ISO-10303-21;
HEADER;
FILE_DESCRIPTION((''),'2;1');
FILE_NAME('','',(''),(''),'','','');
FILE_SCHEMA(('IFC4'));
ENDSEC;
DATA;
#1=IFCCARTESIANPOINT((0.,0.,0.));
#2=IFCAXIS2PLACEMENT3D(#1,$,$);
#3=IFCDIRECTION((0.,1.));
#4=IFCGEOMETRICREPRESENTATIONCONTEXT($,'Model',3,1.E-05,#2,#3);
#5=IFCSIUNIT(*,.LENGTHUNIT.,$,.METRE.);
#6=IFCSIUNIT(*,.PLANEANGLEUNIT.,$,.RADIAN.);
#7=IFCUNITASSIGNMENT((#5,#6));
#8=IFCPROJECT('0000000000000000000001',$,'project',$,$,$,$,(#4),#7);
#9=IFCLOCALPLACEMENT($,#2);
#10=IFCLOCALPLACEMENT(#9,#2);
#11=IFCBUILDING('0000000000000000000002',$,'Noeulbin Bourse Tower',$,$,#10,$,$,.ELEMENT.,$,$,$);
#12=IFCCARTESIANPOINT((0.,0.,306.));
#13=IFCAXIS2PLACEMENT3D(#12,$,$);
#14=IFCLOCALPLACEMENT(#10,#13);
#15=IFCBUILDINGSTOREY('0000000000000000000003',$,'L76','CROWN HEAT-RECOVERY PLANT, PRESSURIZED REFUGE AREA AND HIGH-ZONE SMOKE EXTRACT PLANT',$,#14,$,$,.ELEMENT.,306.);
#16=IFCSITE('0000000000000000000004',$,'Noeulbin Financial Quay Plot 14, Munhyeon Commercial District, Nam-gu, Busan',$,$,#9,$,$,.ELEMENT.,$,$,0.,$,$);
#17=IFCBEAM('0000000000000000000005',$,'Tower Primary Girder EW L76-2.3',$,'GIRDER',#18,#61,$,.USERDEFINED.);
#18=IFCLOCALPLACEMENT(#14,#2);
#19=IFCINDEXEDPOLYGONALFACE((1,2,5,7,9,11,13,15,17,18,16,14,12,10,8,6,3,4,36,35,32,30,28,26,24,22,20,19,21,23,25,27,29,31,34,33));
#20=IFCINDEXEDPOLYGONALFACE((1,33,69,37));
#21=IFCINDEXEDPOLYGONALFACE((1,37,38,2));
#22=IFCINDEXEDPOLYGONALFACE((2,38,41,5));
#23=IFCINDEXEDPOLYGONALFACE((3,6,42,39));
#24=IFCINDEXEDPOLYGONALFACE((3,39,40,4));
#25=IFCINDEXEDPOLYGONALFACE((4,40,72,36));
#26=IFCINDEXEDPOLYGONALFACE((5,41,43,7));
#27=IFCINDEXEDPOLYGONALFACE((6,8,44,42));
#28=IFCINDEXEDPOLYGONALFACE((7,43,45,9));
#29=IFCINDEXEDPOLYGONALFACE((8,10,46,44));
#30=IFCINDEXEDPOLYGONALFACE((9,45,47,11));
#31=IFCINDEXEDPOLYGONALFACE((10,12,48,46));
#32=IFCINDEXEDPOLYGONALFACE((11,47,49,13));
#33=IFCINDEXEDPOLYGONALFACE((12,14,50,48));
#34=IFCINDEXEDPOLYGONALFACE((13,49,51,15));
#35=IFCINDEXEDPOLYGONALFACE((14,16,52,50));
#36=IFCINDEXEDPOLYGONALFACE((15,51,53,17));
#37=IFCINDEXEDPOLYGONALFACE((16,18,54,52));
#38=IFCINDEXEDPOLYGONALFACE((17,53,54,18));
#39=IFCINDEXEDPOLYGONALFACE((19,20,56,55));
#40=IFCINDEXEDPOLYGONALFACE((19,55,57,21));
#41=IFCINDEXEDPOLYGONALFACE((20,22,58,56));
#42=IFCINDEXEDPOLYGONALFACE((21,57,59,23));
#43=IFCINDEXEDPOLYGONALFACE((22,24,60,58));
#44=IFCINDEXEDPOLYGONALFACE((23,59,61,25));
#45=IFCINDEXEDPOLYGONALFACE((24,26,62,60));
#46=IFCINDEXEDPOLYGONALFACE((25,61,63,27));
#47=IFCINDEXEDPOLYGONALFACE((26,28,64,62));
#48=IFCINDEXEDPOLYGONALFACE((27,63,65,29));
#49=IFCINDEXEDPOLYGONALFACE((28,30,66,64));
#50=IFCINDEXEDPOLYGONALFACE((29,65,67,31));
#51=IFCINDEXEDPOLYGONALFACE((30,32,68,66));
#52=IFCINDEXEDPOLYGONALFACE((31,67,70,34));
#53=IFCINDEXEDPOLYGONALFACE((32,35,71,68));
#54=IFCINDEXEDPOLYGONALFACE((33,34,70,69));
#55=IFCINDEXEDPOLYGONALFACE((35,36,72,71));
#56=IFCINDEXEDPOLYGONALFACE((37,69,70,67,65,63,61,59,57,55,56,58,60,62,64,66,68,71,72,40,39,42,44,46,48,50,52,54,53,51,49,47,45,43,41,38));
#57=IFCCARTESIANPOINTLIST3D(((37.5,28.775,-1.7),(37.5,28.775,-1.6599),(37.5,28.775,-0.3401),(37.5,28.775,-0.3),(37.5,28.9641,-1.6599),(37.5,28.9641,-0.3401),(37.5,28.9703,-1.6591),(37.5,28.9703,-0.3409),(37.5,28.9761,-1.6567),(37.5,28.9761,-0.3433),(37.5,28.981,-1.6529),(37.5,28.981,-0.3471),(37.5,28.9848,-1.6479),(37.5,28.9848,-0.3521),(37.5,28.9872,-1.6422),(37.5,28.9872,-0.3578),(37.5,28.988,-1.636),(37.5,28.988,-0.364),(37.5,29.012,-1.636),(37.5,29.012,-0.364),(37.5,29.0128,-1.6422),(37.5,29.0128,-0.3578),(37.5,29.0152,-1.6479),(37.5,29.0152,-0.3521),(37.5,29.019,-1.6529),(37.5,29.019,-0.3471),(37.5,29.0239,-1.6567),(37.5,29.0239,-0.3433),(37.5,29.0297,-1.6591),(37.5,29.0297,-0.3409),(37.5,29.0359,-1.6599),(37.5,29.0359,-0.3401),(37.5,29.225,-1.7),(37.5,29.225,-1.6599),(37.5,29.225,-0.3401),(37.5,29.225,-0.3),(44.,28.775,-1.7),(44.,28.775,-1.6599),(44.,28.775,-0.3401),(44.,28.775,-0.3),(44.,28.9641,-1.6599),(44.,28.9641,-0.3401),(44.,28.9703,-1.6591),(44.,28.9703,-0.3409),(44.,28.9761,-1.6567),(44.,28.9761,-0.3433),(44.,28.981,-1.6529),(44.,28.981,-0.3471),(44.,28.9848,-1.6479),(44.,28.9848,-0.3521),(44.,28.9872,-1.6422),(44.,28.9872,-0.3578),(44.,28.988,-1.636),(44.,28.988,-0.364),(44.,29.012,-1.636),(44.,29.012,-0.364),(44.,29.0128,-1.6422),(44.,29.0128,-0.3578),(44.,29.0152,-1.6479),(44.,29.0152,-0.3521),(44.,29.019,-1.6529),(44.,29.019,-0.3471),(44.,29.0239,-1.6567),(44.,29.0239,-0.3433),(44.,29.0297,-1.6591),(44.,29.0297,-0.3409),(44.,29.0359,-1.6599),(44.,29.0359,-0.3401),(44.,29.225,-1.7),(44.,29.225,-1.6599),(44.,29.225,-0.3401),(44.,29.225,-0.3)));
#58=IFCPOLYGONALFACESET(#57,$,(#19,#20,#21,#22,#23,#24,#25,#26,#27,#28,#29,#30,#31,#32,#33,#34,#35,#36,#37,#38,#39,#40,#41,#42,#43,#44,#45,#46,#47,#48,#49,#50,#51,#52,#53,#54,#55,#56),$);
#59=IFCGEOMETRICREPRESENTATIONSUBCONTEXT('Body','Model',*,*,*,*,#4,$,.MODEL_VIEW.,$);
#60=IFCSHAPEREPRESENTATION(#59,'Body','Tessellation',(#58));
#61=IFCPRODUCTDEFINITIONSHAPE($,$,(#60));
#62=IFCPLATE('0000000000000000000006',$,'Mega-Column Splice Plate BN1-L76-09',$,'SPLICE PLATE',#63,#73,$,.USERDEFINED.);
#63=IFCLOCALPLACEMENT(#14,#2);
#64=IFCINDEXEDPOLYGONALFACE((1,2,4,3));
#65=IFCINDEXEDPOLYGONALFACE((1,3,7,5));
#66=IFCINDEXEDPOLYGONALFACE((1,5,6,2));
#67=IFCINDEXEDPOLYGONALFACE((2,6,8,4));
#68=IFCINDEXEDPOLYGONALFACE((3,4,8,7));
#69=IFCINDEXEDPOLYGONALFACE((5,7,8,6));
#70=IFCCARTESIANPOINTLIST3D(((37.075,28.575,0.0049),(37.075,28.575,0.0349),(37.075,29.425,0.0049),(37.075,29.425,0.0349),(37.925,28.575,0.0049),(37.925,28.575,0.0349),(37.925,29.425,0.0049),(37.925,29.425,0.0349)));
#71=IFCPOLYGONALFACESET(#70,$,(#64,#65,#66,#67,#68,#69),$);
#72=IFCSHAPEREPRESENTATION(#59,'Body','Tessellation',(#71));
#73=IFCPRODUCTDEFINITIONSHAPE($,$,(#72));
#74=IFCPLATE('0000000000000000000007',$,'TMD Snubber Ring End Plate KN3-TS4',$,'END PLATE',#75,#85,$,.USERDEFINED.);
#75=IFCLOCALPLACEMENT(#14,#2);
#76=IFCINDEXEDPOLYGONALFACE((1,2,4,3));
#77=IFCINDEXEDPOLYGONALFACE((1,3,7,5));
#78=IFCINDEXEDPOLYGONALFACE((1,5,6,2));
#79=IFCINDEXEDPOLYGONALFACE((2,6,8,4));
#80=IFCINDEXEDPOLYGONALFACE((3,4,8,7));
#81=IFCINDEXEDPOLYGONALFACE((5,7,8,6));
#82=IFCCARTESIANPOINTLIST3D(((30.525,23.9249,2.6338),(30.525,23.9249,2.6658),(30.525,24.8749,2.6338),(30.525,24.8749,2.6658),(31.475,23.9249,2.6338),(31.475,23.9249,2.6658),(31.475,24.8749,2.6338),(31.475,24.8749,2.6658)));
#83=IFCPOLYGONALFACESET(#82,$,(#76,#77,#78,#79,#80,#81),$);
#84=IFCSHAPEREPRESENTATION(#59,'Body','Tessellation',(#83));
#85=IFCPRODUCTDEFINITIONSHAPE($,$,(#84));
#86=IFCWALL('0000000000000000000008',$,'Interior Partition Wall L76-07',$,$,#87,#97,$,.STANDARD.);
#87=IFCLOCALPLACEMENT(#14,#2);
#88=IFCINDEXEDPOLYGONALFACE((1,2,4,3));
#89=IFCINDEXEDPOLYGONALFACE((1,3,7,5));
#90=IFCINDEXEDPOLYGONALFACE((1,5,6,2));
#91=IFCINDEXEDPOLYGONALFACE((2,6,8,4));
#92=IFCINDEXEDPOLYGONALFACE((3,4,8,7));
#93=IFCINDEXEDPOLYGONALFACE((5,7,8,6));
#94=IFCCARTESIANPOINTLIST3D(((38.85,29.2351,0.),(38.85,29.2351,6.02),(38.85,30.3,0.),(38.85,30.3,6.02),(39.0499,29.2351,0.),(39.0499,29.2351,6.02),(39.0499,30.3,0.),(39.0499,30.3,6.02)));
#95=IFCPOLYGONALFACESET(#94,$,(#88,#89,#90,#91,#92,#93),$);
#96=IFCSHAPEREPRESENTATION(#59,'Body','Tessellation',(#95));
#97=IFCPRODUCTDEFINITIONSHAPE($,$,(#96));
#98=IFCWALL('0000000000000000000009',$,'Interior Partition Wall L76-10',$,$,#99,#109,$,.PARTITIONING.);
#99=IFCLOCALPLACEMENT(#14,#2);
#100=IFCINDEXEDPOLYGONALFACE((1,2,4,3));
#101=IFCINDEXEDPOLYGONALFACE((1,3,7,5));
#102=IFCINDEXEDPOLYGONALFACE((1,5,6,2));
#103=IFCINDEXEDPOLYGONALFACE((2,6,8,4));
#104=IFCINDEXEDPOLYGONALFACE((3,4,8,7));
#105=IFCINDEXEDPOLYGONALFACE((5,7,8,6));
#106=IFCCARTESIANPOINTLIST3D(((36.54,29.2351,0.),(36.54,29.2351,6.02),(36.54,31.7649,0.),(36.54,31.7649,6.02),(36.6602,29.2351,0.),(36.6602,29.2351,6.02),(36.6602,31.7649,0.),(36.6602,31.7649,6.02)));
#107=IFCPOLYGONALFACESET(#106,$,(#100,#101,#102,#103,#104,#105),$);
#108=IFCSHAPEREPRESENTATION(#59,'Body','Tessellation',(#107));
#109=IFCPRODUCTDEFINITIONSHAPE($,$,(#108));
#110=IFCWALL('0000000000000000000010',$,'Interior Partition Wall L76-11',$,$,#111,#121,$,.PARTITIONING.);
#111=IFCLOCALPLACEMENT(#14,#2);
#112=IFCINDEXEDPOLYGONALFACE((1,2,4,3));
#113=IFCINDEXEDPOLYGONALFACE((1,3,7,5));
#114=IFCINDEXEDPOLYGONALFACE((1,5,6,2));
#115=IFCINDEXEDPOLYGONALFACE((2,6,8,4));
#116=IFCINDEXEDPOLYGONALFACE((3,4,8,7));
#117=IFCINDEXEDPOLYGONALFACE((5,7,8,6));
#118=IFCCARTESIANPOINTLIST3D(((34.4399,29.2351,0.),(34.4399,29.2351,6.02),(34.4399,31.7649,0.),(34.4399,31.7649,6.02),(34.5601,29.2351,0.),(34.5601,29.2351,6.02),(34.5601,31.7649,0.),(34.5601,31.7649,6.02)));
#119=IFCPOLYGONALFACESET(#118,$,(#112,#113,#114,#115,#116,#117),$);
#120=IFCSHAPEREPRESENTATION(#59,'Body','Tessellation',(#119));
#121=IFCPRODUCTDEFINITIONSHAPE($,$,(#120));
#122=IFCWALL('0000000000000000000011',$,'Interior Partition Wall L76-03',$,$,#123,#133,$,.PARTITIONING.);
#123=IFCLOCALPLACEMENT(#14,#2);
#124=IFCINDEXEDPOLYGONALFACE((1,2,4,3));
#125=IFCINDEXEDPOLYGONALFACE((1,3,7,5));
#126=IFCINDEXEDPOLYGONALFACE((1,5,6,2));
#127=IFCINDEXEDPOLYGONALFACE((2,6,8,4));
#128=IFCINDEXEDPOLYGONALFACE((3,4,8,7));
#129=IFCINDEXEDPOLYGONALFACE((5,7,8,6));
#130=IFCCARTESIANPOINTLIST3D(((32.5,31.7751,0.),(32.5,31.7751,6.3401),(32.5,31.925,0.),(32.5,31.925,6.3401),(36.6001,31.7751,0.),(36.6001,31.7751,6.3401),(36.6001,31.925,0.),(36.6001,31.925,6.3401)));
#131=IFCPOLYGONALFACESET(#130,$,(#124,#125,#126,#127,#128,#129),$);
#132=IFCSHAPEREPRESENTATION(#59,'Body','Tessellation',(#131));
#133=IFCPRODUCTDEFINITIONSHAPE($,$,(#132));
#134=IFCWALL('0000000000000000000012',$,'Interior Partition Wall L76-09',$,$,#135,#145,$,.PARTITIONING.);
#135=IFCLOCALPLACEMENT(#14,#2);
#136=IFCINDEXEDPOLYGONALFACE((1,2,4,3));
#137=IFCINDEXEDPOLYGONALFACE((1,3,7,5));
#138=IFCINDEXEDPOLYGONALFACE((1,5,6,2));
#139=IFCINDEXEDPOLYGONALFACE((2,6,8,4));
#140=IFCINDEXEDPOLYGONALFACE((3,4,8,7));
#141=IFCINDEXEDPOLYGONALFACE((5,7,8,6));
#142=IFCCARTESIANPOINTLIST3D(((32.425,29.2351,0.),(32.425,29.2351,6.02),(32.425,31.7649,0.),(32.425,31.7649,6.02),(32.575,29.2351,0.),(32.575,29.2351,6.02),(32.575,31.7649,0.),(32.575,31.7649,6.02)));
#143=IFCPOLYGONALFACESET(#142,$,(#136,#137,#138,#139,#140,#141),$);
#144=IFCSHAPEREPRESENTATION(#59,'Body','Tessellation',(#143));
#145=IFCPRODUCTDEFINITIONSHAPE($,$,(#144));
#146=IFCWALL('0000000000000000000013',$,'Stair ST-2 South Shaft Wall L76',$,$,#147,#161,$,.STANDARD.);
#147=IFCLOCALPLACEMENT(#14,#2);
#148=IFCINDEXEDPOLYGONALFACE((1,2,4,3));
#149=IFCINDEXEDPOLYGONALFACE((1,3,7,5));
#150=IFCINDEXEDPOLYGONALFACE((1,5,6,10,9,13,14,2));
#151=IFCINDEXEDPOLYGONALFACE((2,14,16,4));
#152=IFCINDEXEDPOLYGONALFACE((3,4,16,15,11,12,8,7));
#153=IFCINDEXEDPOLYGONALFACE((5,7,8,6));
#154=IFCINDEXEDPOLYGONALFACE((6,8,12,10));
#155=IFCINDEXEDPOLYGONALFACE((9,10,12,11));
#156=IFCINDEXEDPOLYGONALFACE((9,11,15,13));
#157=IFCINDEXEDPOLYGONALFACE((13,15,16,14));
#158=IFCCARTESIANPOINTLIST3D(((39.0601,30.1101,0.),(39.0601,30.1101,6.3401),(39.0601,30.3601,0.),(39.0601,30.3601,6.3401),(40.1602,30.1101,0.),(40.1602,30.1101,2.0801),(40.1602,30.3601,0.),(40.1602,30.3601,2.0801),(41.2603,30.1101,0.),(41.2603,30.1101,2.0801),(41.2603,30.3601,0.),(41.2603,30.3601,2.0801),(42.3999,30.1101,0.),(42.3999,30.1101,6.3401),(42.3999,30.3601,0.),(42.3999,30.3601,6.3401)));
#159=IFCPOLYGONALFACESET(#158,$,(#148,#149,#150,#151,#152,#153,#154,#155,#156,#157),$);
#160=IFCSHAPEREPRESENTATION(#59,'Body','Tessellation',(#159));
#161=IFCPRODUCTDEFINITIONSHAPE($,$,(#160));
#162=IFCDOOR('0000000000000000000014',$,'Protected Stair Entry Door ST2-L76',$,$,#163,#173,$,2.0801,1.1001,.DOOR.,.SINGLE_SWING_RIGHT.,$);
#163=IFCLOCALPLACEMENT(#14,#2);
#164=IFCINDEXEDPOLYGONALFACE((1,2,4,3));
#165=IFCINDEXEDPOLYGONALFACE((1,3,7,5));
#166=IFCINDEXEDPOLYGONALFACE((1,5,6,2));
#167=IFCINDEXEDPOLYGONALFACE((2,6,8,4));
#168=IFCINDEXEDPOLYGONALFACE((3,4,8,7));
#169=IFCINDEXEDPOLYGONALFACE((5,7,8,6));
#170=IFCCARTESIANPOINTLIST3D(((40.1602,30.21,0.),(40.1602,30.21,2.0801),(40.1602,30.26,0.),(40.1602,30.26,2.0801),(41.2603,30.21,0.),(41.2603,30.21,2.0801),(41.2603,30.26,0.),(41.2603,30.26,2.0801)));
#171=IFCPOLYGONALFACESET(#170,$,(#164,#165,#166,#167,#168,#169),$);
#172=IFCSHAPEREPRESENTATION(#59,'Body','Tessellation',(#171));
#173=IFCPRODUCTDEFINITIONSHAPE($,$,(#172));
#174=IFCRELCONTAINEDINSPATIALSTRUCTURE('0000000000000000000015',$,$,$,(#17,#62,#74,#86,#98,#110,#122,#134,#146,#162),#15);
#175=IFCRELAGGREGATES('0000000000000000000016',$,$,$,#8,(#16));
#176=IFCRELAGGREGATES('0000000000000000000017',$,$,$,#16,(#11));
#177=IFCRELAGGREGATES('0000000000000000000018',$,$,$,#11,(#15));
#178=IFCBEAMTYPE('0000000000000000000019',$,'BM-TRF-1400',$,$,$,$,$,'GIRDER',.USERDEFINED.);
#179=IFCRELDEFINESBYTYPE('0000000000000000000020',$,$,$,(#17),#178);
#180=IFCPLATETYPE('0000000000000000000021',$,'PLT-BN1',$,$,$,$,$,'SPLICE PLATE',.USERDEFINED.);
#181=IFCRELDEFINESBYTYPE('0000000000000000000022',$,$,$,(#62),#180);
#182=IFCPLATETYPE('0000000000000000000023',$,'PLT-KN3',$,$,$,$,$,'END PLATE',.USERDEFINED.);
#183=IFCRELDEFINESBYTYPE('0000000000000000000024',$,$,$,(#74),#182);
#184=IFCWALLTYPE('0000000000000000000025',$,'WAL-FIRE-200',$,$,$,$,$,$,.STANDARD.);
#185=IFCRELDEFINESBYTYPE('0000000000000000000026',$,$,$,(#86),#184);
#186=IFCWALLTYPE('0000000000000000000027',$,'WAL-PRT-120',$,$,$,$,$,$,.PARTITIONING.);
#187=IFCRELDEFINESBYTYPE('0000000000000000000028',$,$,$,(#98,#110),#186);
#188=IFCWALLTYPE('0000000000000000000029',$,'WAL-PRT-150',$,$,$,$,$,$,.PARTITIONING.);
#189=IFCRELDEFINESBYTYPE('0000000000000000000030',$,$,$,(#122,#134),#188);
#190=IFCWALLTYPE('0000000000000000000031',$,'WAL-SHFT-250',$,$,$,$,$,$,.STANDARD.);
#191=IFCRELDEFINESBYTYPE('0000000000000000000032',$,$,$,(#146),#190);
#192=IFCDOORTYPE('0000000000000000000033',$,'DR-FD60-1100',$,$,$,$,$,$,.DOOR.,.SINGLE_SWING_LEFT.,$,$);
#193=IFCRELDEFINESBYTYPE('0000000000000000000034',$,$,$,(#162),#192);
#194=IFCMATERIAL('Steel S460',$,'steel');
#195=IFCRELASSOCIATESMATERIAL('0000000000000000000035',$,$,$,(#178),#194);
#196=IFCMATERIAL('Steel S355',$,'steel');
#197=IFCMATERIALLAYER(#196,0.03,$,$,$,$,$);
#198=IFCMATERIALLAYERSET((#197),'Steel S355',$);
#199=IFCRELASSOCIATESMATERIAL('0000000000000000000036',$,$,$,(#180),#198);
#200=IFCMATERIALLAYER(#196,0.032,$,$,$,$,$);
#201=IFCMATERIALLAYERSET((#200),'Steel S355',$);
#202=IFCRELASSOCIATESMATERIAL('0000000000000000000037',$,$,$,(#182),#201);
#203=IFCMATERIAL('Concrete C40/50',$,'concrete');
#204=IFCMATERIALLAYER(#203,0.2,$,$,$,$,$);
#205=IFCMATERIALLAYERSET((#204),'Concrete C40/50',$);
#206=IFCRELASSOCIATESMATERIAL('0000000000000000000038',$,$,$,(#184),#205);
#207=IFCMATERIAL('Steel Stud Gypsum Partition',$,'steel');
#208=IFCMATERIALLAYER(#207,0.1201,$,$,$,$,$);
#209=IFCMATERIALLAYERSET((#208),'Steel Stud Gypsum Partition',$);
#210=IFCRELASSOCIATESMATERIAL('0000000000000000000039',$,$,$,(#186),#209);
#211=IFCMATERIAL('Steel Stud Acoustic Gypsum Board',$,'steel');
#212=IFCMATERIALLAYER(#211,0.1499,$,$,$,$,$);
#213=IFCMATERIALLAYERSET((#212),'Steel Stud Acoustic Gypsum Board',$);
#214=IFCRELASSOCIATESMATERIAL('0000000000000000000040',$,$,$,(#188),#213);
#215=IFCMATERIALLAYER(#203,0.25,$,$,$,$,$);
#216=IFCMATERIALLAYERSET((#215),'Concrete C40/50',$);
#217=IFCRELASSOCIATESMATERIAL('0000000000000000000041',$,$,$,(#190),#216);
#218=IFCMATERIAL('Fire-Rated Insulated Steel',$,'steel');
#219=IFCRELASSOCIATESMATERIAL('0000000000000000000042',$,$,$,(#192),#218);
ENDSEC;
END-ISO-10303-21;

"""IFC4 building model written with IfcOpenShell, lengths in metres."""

from ifc_helpers import new_model, si_unit, direction, frame, frame_2d, origin, origin_2d, place, context, subcontext, project, spatial, rectangle, i_section, extrude, material, layer, layer_set, material_profile, profile_set, type_object, element, fill, save


model = new_model("IFC4")

# Units and contexts
model_context = context("Model", 3, precision=1e-05, world=origin(), true_north=direction((0.0, 1.0)))
body_context = subcontext(model_context, "Body", "Model", "MODEL_VIEW")
ifc_project = project(units=[si_unit("LENGTHUNIT", "METRE"), si_unit("PLANEANGLEUNIT", "RADIAN")], contexts=[model_context])

# Site, building, storey
site_placement = place(None, origin())
site = spatial("IfcSite", under=ifc_project, at=site_placement, Name="Noeulbin Financial Quay Plot 14, Munhyeon Commercial District, Nam-gu, Busan", CompositionType="ELEMENT", RefElevation=0.0)
building_placement = place(site_placement, origin())
building = spatial("IfcBuilding", under=site, at=building_placement, Name="Noeulbin Bourse Tower", CompositionType="ELEMENT")
storey_placement = place(building_placement, frame((0.0, 0.0, 306.0)))
storey = spatial("IfcBuildingStorey", under=building, at=storey_placement, Name="L76", Description="CROWN HEAT-RECOVERY PLANT, PRESSURIZED REFUGE AREA AND HIGH-ZONE SMOKE EXTRACT PLANT", CompositionType="ELEMENT", Elevation=306.0)

# Shared definitions
ifc_material_1 = material(Name="Steel S355", Category="steel")

# Beam
ifc_material_2 = material(Name="Steel S460", Category="steel")
ifc_material_profile_1 = material_profile(ifc_material_2, i_section(OverallWidth=0.45, OverallDepth=1.3999, WebThickness=0.0239, FlangeThickness=0.04, FilletRadius=0.0239, at=origin_2d()), Name="PG-1400x450x24x40", Category="LoadBearing")
ifc_profile_set_1 = profile_set([ifc_material_profile_1], Name="Steel S460")
beam_type_1 = type_object("IfcBeamType", Name="BM-TRF-1400", ElementType="GIRDER", PredefinedType="USERDEFINED", material=ifc_profile_set_1)
beam_1_placement = place(storey_placement, frame((37.5, 29.0, -1.0), z_axis=(1.0, 0.0, 0.0), x_axis=(0.0, 1.0, 0.0)))
element("IfcBeam", 1, at=beam_1_placement, inside=storey, type_object=beam_type_1, Name="Tower Primary Girder EW L76-2.3", ObjectType="GIRDER", PredefinedType="USERDEFINED", context=body_context, shape_type="SweptSolid", body=[
    extrude(i_section(OverallWidth=0.45, OverallDepth=1.3999, WebThickness=0.0239, FlangeThickness=0.04, FilletRadius=0.0239, at=origin_2d()), origin(), (0.0, 0.0, 1.0), 6.5),
])

# Plates
ifc_layer_1 = layer(ifc_material_1, 0.03)
ifc_layer_set_1 = layer_set([ifc_layer_1], Name="Steel S355")
plate_type_1 = type_object("IfcPlateType", Name="PLT-BN1", ElementType="SPLICE PLATE", PredefinedType="USERDEFINED", material=ifc_layer_set_1)
plate_1_placement = place(storey_placement, frame((37.5, 29.0, 0.0049), z_axis=(0.0, 0.0, 1.0), x_axis=(1.0, 0.0, 0.0)))
element("IfcPlate", 2, at=plate_1_placement, inside=storey, type_object=plate_type_1, Name="Mega-Column Splice Plate BN1-L76-09", ObjectType="SPLICE PLATE", PredefinedType="USERDEFINED", context=body_context, shape_type="SweptSolid", body=[
    extrude(rectangle(XDim=0.8501, YDim=0.8501, at=origin_2d()), origin(), (0.0, 0.0, 1.0), 0.03),
])
ifc_layer_2 = layer(ifc_material_1, 0.032)
ifc_layer_set_2 = layer_set([ifc_layer_2], Name="Steel S355")
plate_type_2 = type_object("IfcPlateType", Name="PLT-KN3", ElementType="END PLATE", PredefinedType="USERDEFINED", material=ifc_layer_set_2)
plate_2_placement = place(storey_placement, frame((31.0, 24.3999, 2.6338), z_axis=(0.0, 0.0, 1.0), x_axis=(1.0, 0.0, 0.0)))
element("IfcPlate", 3, at=plate_2_placement, inside=storey, type_object=plate_type_2, Name="TMD Snubber Ring End Plate KN3-TS4", ObjectType="END PLATE", PredefinedType="USERDEFINED", context=body_context, shape_type="SweptSolid", body=[
    extrude(rectangle(XDim=0.95, YDim=0.95, at=origin_2d()), origin(), (0.0, 0.0, 1.0), 0.032),
])

# Walls
ifc_material_3 = material(Name="Concrete C40/50", Category="concrete")
ifc_layer_3 = layer(ifc_material_3, 0.2)
ifc_layer_set_3 = layer_set([ifc_layer_3], Name="Concrete C40/50")
wall_type_1 = type_object("IfcWallType", Name="WAL-FIRE-200", PredefinedType="STANDARD", material=ifc_layer_set_3)
wall_1_placement = place(storey_placement, frame((38.95, 29.2351, 0.0), z_axis=(0.0, 0.0, 1.0), x_axis=(0.0, 1.0, 0.0)))
element("IfcWall", 4, at=wall_1_placement, inside=storey, type_object=wall_type_1, Name="Interior Partition Wall L76-07", PredefinedType="STANDARD", context=body_context, shape_type="SweptSolid", body=[
    extrude(rectangle(XDim=1.0649, YDim=0.2, at=frame_2d((0.5325, 0.0))), origin(), (0.0, 0.0, 1.0), 6.02),
])
ifc_material_4 = material(Name="Steel Stud Gypsum Partition", Category="steel")
ifc_layer_4 = layer(ifc_material_4, 0.1201)
ifc_layer_set_4 = layer_set([ifc_layer_4], Name="Steel Stud Gypsum Partition")
wall_type_2 = type_object("IfcWallType", Name="WAL-PRT-120", PredefinedType="PARTITIONING", material=ifc_layer_set_4)
for number, where, z_axis, x_axis, name in (
    (5, (36.6001, 29.2351, 0.0), (0.0, 0.0, 1.0), (0.0, 1.0, 0.0), "Interior Partition Wall L76-10"),
    (6, (34.5, 29.2351, 0.0), (0.0, 0.0, 1.0), (0.0, 1.0, 0.0), "Interior Partition Wall L76-11"),
):
    element("IfcWall", number, at=place(storey_placement, frame(where, z_axis=z_axis, x_axis=x_axis)), inside=storey, type_object=wall_type_2, Name=name, PredefinedType="PARTITIONING", context=body_context, shape_type="SweptSolid", body=[
        extrude(rectangle(XDim=2.5298, YDim=0.1201, at=frame_2d((1.2649, 0.0))), origin(), (0.0, 0.0, 1.0), 6.02),
    ])
ifc_material_5 = material(Name="Steel Stud Acoustic Gypsum Board", Category="steel")
ifc_layer_5 = layer(ifc_material_5, 0.1499)
ifc_layer_set_5 = layer_set([ifc_layer_5], Name="Steel Stud Acoustic Gypsum Board")
wall_type_3 = type_object("IfcWallType", Name="WAL-PRT-150", PredefinedType="PARTITIONING", material=ifc_layer_set_5)
wall_2_placement = place(storey_placement, frame((32.5, 31.8501, 0.0), z_axis=(0.0, 0.0, 1.0), x_axis=(1.0, 0.0, 0.0)))
element("IfcWall", 7, at=wall_2_placement, inside=storey, type_object=wall_type_3, Name="Interior Partition Wall L76-03", PredefinedType="PARTITIONING", context=body_context, shape_type="SweptSolid", body=[
    extrude(rectangle(XDim=4.1001, YDim=0.1499, at=frame_2d((2.05, 0.0))), origin(), (0.0, 0.0, 1.0), 6.3401),
])
wall_3_placement = place(storey_placement, frame((32.5, 29.2351, 0.0), z_axis=(0.0, 0.0, 1.0), x_axis=(0.0, 1.0, 0.0)))
element("IfcWall", 8, at=wall_3_placement, inside=storey, type_object=wall_type_3, Name="Interior Partition Wall L76-09", PredefinedType="PARTITIONING", context=body_context, shape_type="SweptSolid", body=[
    extrude(rectangle(XDim=2.5298, YDim=0.1499, at=frame_2d((1.2649, 0.0))), origin(), (0.0, 0.0, 1.0), 6.02),
])

# Wall, opening, door
ifc_layer_6 = layer(ifc_material_3, 0.25)
ifc_layer_set_6 = layer_set([ifc_layer_6], Name="Concrete C40/50")
wall_type_4 = type_object("IfcWallType", Name="WAL-SHFT-250", PredefinedType="STANDARD", material=ifc_layer_set_6)
wall_4_placement = place(storey_placement, frame((39.0601, 30.2351, 0.0), z_axis=(0.0, 0.0, 1.0), x_axis=(1.0, 0.0, 0.0)))
wall_4 = element("IfcWall", 9, at=wall_4_placement, inside=storey, type_object=wall_type_4, Name="Stair ST-2 South Shaft Wall L76", PredefinedType="STANDARD", context=body_context, shape_type="SweptSolid", body=[
    extrude(rectangle(XDim=3.3398, YDim=0.25, at=frame_2d((1.6699, 0.0))), origin(), (0.0, 0.0, 1.0), 6.3401),
])
opening_1_placement = place(wall_4_placement, frame((1.1001, 0.0, 0.0)))
opening_1 = element("IfcOpeningElement", 10, at=opening_1_placement, cuts=wall_4, PredefinedType="OPENING", context=body_context, shape_type="SweptSolid", body=[
    extrude(rectangle(XDim=1.1001, YDim=2.0801, at=frame_2d((0.55, 1.04))), frame((0.0, 0.135, 0.0), z_axis=(0.0, -1.0, 0.0), x_axis=(1.0, 0.0, 0.0)), (0.0, 0.0, 1.0), 0.27),
])
ifc_material_6 = material(Name="Fire-Rated Insulated Steel", Category="steel")
door_type_1 = type_object("IfcDoorType", Name="DR-FD60-1100", OperationType="SINGLE_SWING_LEFT", PredefinedType="DOOR", material=ifc_material_6)
door_1_placement = place(opening_1_placement, origin())
door_1 = element("IfcDoor", 11, at=door_1_placement, inside=storey, type_object=door_type_1, Name="Protected Stair Entry Door ST2-L76", OperationType="SINGLE_SWING_RIGHT", OverallHeight=2.0801, OverallWidth=1.1001, PredefinedType="DOOR", context=body_context, shape_type="SweptSolid", body=[
    extrude(rectangle(XDim=1.1001, YDim=2.0801, at=frame_2d((0.55, 1.04))), frame((0.0, 0.0249, 0.0), z_axis=(0.0, -1.0, 0.0), x_axis=(1.0, 0.0, 0.0)), (0.0, 0.0, 1.0), 0.05),
])
fill(opening_1, door_1)

save(model, "model.ifc")
